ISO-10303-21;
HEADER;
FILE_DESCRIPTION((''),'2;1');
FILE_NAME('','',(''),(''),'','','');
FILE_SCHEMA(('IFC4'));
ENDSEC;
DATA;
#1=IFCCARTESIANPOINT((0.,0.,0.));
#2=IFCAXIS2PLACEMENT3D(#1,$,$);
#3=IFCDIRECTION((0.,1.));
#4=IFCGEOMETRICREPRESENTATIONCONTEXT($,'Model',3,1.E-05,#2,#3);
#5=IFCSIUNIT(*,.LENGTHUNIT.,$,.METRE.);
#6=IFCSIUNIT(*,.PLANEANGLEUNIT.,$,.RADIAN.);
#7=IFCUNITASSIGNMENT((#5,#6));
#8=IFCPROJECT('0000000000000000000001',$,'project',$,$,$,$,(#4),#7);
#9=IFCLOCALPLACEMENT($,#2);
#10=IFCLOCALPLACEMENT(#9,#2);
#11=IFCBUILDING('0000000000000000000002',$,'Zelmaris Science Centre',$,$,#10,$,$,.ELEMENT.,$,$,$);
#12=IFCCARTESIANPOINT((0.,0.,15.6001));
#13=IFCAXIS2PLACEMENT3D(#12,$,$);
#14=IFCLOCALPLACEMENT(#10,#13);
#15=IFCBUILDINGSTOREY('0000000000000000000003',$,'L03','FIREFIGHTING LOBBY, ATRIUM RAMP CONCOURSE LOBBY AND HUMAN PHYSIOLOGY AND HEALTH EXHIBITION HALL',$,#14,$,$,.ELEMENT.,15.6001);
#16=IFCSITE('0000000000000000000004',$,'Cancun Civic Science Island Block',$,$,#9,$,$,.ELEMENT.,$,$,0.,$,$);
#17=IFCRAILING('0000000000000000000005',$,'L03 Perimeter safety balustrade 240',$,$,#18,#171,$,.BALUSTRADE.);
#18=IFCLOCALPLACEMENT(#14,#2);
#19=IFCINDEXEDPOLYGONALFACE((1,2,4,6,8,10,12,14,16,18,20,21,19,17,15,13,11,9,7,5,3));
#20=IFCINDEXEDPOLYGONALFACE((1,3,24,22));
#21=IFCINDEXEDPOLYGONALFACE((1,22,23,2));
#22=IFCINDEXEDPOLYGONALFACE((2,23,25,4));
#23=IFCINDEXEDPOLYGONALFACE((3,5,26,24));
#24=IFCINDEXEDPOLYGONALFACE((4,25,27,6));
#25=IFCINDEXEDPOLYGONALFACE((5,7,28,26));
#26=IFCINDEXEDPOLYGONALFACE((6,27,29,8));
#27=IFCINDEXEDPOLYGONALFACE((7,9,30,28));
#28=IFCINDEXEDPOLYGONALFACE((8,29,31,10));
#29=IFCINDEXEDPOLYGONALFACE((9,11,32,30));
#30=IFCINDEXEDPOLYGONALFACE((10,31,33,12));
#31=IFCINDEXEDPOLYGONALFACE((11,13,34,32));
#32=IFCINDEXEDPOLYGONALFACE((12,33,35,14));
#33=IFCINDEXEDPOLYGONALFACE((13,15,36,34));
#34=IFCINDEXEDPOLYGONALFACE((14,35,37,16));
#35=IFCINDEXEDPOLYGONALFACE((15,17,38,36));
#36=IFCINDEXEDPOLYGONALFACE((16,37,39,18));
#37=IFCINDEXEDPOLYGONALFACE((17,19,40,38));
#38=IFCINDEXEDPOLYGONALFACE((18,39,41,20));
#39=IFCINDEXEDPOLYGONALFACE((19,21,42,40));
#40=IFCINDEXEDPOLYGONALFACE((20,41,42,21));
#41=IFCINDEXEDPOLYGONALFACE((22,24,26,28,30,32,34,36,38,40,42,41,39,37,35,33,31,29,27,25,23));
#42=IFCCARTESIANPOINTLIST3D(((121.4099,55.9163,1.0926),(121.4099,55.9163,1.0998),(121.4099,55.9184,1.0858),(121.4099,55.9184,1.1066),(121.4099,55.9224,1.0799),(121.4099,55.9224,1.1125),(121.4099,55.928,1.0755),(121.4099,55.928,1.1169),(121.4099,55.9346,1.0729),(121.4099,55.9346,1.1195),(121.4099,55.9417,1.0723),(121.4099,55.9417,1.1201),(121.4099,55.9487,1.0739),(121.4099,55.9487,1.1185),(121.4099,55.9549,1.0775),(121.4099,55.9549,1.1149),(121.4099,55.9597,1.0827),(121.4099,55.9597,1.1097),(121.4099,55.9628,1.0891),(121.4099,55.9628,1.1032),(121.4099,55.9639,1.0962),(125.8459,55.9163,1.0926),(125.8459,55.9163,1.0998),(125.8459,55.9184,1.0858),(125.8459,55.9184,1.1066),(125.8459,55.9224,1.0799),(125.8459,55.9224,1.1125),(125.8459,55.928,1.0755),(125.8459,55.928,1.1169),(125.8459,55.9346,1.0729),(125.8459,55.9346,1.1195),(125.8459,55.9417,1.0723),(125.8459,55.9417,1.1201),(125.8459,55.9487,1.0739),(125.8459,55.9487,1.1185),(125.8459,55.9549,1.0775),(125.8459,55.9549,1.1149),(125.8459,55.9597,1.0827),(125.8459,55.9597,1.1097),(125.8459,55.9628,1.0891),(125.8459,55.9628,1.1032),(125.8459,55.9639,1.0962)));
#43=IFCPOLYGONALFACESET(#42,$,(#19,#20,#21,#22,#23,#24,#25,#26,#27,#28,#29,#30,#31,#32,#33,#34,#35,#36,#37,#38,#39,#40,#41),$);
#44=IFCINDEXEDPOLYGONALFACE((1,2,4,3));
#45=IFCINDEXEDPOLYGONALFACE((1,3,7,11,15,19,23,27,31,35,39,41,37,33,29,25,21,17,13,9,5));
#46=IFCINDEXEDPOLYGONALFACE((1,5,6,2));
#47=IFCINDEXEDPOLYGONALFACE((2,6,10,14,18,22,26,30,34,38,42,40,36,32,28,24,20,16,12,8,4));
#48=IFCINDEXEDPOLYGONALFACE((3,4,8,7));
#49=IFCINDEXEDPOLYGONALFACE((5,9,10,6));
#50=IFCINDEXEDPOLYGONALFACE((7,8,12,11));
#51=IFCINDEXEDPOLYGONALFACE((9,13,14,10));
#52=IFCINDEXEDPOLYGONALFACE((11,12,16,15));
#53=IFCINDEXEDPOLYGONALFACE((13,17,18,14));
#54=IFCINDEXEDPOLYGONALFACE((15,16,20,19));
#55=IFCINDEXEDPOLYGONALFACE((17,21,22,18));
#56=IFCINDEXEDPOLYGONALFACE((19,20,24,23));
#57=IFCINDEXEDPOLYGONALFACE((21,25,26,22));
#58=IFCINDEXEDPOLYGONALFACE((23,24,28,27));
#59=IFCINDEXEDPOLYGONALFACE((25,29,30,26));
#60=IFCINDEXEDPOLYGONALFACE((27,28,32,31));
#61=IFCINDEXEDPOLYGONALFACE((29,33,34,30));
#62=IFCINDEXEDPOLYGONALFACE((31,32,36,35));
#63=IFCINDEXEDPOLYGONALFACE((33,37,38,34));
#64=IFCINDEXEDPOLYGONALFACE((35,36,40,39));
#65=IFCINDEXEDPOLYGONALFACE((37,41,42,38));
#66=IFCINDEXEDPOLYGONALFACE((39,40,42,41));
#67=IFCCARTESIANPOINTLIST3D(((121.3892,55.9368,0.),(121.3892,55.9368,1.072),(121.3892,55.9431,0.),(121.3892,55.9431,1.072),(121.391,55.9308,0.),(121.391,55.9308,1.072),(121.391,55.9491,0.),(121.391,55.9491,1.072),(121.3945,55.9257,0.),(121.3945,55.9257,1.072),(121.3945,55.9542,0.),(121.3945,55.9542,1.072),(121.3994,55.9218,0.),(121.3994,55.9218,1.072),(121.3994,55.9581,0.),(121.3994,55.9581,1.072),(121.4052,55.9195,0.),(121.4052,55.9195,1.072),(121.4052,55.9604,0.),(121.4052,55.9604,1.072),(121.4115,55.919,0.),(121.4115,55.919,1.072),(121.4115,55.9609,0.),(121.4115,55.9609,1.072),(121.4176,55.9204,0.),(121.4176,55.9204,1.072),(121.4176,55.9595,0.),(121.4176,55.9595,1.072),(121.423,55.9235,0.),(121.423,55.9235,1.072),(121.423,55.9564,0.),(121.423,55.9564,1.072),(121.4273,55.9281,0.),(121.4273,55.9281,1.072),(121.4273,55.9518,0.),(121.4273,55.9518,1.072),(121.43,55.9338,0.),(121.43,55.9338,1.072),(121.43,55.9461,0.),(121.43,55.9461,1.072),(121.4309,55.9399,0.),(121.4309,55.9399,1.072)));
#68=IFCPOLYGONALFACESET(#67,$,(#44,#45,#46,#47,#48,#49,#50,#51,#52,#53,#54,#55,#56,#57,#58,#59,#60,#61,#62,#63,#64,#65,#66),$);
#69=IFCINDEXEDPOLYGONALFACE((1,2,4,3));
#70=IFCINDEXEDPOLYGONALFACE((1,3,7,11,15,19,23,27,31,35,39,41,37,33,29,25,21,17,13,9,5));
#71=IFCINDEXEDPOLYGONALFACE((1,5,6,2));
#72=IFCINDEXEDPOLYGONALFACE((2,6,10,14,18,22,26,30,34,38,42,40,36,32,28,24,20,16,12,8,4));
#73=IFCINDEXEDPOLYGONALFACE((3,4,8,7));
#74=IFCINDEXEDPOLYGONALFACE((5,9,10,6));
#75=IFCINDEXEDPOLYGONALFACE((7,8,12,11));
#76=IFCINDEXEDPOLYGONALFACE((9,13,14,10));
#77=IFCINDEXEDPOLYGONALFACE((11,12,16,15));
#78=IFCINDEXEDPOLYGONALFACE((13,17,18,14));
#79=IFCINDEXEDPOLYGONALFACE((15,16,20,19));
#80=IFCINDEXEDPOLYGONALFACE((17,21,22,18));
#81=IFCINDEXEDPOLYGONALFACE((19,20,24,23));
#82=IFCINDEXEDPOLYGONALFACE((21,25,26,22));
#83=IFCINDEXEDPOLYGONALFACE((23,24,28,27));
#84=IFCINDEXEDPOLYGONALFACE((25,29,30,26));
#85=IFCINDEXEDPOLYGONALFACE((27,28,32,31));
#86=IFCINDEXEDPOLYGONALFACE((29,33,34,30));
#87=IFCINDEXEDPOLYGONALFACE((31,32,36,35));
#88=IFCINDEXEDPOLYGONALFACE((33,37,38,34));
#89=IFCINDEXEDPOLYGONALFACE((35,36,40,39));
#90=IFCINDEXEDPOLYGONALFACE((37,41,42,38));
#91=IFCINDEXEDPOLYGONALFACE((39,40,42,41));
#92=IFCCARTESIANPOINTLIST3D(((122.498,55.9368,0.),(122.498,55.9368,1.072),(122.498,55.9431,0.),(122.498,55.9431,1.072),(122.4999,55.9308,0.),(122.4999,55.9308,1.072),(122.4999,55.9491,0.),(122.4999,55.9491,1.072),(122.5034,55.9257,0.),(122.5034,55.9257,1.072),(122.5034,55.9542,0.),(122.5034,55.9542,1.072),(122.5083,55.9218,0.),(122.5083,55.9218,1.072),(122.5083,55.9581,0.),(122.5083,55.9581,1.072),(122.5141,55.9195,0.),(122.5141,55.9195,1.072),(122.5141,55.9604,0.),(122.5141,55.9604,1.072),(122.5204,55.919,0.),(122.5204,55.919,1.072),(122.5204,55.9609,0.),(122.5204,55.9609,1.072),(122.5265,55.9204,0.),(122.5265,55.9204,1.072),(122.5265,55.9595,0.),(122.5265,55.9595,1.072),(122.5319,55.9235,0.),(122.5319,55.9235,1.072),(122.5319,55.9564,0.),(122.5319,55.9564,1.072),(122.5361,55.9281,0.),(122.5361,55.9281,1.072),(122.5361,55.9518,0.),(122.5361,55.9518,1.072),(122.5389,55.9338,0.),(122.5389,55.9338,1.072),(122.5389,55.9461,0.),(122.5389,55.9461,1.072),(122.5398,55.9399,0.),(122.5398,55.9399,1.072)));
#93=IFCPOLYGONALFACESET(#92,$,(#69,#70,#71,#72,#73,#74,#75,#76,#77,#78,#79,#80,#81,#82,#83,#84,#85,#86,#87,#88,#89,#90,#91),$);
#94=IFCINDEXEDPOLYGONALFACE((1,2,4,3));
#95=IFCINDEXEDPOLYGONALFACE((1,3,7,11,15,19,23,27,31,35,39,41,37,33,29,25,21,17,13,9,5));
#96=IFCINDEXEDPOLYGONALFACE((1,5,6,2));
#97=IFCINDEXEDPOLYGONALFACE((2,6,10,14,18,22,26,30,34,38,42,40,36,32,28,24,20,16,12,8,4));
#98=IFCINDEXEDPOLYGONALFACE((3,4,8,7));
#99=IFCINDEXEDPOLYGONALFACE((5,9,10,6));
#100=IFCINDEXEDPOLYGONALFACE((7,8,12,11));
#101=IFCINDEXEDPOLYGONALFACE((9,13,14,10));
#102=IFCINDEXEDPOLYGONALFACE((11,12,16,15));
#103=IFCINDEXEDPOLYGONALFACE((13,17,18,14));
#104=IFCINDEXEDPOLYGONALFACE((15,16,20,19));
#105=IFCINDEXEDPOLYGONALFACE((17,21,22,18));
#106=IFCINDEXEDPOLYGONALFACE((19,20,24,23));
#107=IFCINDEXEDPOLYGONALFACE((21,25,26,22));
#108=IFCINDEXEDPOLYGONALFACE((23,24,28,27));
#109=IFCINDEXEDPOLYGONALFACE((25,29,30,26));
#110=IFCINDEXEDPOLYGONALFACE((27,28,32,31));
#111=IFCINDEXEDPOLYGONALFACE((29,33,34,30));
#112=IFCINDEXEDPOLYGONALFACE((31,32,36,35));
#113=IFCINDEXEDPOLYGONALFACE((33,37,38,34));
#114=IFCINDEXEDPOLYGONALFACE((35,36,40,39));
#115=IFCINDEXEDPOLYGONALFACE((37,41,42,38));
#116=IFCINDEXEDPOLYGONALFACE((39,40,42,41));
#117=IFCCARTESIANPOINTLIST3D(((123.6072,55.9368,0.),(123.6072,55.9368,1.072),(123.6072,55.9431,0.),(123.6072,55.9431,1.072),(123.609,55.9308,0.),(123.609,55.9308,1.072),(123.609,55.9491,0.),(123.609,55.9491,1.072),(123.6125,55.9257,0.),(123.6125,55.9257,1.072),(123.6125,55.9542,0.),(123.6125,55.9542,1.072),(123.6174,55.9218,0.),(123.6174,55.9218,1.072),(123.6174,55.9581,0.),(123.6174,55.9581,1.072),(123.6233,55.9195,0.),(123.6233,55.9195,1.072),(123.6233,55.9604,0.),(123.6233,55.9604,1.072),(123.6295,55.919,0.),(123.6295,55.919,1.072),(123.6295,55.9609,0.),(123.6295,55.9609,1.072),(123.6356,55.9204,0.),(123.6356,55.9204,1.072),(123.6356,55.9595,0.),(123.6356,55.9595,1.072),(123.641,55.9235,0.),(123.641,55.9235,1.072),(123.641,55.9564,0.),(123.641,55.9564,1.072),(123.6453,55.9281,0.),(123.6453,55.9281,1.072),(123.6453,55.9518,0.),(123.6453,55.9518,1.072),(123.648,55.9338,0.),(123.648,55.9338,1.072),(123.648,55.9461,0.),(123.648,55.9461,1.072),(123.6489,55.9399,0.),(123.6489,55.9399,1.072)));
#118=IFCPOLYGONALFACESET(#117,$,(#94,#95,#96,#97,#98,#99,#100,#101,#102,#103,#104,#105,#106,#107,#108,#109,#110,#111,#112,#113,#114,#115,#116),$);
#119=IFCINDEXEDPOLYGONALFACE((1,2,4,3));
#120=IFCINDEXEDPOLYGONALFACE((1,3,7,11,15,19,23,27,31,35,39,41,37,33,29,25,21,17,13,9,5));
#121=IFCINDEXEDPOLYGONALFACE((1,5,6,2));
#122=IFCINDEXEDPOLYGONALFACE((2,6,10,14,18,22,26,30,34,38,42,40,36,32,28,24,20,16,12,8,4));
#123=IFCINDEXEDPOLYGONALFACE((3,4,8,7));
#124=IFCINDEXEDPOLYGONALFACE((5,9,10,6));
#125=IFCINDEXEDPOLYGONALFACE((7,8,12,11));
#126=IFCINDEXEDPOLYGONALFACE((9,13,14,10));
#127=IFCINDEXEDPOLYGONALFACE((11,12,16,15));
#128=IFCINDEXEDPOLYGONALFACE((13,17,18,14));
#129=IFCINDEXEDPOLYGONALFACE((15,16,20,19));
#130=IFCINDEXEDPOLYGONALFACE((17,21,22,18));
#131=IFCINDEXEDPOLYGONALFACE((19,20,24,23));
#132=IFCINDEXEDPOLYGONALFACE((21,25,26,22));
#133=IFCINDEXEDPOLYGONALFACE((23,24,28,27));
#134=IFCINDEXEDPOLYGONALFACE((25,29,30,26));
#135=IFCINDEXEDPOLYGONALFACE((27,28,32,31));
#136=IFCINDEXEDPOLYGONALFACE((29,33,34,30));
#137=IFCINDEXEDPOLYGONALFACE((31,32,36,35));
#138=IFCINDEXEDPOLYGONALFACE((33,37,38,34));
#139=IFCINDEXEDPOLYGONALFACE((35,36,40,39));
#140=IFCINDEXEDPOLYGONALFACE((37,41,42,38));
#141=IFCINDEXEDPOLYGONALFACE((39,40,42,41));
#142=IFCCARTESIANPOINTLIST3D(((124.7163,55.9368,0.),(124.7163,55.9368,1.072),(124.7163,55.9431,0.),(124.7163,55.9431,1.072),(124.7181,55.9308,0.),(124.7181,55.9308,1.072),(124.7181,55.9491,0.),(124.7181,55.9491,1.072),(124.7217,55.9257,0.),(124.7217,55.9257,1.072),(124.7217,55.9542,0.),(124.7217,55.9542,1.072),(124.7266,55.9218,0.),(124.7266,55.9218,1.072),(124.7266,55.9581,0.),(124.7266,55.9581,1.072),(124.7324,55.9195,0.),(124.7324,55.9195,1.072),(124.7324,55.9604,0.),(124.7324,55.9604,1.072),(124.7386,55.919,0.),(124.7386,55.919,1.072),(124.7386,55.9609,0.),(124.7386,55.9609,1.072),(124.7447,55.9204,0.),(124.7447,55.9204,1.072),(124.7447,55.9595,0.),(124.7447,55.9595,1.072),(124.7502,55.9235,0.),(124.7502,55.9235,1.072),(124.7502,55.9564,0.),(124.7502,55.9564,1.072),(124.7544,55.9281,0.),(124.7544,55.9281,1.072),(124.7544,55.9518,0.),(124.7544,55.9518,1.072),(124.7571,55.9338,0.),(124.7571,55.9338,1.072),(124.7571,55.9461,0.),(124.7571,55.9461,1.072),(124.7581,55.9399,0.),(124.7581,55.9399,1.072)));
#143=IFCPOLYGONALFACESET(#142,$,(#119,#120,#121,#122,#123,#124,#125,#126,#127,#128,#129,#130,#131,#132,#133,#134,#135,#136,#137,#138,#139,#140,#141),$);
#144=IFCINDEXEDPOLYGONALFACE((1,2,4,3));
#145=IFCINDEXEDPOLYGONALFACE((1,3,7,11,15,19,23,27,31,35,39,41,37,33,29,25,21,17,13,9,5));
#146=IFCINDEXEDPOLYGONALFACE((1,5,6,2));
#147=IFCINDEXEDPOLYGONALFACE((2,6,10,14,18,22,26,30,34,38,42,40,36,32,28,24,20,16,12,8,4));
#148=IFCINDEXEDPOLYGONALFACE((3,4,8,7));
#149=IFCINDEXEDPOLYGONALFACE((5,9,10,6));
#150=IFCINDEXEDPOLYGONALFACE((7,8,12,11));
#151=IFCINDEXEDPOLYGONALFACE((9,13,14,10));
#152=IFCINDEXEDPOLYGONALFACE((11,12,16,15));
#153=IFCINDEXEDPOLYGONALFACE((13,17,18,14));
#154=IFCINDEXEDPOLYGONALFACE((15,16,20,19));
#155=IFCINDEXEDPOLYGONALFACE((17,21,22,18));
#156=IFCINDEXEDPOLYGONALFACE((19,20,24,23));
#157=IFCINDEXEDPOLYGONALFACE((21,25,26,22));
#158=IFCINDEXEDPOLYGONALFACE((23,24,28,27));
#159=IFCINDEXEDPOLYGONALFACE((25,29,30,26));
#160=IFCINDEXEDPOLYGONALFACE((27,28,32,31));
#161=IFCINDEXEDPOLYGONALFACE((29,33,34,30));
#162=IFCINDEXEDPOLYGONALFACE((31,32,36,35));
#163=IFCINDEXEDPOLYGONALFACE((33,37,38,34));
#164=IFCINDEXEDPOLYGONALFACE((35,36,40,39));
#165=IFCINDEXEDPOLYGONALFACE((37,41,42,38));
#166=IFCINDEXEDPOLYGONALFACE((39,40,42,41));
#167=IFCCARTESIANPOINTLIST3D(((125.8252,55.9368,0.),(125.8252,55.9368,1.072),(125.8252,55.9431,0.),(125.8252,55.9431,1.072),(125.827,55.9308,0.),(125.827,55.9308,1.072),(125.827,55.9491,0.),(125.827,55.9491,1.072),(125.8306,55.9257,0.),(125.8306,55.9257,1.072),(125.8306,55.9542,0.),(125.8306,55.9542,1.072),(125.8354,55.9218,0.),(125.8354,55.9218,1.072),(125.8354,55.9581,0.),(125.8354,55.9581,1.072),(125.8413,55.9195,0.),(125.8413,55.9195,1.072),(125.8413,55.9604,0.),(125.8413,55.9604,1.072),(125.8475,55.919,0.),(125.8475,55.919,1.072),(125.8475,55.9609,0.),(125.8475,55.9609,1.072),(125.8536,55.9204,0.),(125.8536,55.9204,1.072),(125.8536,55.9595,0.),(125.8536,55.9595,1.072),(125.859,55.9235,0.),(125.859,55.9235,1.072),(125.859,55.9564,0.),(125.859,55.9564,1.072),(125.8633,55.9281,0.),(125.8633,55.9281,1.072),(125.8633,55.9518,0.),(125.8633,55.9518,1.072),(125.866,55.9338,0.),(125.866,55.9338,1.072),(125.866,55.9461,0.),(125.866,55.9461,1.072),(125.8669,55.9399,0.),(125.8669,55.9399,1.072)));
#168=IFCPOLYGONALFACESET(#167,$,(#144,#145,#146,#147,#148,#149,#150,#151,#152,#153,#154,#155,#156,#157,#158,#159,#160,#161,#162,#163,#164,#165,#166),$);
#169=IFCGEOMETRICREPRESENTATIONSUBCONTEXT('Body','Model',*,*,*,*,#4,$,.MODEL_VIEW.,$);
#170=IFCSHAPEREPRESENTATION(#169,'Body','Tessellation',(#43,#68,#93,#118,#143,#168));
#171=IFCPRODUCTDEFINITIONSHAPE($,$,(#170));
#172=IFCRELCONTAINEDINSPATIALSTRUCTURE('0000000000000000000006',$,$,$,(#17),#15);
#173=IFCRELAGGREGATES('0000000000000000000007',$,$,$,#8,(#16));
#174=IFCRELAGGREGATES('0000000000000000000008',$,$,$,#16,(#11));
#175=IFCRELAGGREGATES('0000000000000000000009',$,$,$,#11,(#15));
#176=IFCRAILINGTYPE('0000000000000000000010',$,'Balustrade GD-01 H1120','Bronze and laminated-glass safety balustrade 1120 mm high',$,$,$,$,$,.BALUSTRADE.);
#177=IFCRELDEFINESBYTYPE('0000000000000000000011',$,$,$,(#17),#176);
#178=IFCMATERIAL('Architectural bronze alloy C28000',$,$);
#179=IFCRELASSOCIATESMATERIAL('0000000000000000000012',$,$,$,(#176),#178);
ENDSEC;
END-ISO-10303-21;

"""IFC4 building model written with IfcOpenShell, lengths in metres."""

from ifc_helpers import new_model, si_unit, direction, frame, origin, origin_2d, place, context, subcontext, project, spatial, circle, extrude, material, type_object, element, save


model = new_model("IFC4")

# Units and contexts
model_context = context("Model", 3, precision=1e-05, world=origin(), true_north=direction((0.0, 1.0)))
body_context = subcontext(model_context, "Body", "Model", "MODEL_VIEW")
ifc_project = project(units=[si_unit("LENGTHUNIT", "METRE"), si_unit("PLANEANGLEUNIT", "RADIAN")], contexts=[model_context])

# Site, building, storey
site_placement = place(None, origin())
site = spatial("IfcSite", under=ifc_project, at=site_placement, Name="Cancun Civic Science Island Block", CompositionType="ELEMENT", RefElevation=0.0)
building_placement = place(site_placement, origin())
building = spatial("IfcBuilding", under=site, at=building_placement, Name="Zelmaris Science Centre", CompositionType="ELEMENT")
storey_placement = place(building_placement, frame((0.0, 0.0, 15.6001)))
storey = spatial("IfcBuildingStorey", under=building, at=storey_placement, Name="L03", Description="FIREFIGHTING LOBBY, ATRIUM RAMP CONCOURSE LOBBY AND HUMAN PHYSIOLOGY AND HEALTH EXHIBITION HALL", CompositionType="ELEMENT", Elevation=15.6001)

# Railing
ifc_material_1 = material(Name="Architectural bronze alloy C28000")
railing_type = type_object("IfcRailingType", Name="Balustrade GD-01 H1120", Description="Bronze and laminated-glass safety balustrade 1120 mm high", PredefinedType="BALUSTRADE", material=ifc_material_1)
railing_1_placement = place(storey_placement, frame((121.4099, 55.9399, 0.0)))
element("IfcRailing", 1, at=railing_1_placement, inside=storey, type_object=railing_type, Name="L03 Perimeter safety balustrade 240", PredefinedType="BALUSTRADE", context=body_context, shape_type="SweptSolid", body=[
    extrude(circle(Radius=0.0239, at=origin_2d()), frame((0.0, 0.0, 1.0962), z_axis=(1.0, 0.0, 0.0), x_axis=(0.0, 1.0, 0.0)), (0.0, 0.0, 1.0), 4.436),
    extrude(circle(Radius=0.021, at=origin_2d()), origin(), (0.0, 0.0, 1.0), 1.072),
    extrude(circle(Radius=0.021, at=origin_2d()), frame((1.1089, 0.0, 0.0)), (0.0, 0.0, 1.0), 1.072),
    extrude(circle(Radius=0.021, at=origin_2d()), frame((2.218, 0.0, 0.0)), (0.0, 0.0, 1.0), 1.072),
    extrude(circle(Radius=0.021, at=origin_2d()), frame((3.3271, 0.0, 0.0)), (0.0, 0.0, 1.0), 1.072),
    extrude(circle(Radius=0.021, at=origin_2d()), frame((4.436, 0.0, 0.0)), (0.0, 0.0, 1.0), 1.072),
])

save(model, "model.ifc")
